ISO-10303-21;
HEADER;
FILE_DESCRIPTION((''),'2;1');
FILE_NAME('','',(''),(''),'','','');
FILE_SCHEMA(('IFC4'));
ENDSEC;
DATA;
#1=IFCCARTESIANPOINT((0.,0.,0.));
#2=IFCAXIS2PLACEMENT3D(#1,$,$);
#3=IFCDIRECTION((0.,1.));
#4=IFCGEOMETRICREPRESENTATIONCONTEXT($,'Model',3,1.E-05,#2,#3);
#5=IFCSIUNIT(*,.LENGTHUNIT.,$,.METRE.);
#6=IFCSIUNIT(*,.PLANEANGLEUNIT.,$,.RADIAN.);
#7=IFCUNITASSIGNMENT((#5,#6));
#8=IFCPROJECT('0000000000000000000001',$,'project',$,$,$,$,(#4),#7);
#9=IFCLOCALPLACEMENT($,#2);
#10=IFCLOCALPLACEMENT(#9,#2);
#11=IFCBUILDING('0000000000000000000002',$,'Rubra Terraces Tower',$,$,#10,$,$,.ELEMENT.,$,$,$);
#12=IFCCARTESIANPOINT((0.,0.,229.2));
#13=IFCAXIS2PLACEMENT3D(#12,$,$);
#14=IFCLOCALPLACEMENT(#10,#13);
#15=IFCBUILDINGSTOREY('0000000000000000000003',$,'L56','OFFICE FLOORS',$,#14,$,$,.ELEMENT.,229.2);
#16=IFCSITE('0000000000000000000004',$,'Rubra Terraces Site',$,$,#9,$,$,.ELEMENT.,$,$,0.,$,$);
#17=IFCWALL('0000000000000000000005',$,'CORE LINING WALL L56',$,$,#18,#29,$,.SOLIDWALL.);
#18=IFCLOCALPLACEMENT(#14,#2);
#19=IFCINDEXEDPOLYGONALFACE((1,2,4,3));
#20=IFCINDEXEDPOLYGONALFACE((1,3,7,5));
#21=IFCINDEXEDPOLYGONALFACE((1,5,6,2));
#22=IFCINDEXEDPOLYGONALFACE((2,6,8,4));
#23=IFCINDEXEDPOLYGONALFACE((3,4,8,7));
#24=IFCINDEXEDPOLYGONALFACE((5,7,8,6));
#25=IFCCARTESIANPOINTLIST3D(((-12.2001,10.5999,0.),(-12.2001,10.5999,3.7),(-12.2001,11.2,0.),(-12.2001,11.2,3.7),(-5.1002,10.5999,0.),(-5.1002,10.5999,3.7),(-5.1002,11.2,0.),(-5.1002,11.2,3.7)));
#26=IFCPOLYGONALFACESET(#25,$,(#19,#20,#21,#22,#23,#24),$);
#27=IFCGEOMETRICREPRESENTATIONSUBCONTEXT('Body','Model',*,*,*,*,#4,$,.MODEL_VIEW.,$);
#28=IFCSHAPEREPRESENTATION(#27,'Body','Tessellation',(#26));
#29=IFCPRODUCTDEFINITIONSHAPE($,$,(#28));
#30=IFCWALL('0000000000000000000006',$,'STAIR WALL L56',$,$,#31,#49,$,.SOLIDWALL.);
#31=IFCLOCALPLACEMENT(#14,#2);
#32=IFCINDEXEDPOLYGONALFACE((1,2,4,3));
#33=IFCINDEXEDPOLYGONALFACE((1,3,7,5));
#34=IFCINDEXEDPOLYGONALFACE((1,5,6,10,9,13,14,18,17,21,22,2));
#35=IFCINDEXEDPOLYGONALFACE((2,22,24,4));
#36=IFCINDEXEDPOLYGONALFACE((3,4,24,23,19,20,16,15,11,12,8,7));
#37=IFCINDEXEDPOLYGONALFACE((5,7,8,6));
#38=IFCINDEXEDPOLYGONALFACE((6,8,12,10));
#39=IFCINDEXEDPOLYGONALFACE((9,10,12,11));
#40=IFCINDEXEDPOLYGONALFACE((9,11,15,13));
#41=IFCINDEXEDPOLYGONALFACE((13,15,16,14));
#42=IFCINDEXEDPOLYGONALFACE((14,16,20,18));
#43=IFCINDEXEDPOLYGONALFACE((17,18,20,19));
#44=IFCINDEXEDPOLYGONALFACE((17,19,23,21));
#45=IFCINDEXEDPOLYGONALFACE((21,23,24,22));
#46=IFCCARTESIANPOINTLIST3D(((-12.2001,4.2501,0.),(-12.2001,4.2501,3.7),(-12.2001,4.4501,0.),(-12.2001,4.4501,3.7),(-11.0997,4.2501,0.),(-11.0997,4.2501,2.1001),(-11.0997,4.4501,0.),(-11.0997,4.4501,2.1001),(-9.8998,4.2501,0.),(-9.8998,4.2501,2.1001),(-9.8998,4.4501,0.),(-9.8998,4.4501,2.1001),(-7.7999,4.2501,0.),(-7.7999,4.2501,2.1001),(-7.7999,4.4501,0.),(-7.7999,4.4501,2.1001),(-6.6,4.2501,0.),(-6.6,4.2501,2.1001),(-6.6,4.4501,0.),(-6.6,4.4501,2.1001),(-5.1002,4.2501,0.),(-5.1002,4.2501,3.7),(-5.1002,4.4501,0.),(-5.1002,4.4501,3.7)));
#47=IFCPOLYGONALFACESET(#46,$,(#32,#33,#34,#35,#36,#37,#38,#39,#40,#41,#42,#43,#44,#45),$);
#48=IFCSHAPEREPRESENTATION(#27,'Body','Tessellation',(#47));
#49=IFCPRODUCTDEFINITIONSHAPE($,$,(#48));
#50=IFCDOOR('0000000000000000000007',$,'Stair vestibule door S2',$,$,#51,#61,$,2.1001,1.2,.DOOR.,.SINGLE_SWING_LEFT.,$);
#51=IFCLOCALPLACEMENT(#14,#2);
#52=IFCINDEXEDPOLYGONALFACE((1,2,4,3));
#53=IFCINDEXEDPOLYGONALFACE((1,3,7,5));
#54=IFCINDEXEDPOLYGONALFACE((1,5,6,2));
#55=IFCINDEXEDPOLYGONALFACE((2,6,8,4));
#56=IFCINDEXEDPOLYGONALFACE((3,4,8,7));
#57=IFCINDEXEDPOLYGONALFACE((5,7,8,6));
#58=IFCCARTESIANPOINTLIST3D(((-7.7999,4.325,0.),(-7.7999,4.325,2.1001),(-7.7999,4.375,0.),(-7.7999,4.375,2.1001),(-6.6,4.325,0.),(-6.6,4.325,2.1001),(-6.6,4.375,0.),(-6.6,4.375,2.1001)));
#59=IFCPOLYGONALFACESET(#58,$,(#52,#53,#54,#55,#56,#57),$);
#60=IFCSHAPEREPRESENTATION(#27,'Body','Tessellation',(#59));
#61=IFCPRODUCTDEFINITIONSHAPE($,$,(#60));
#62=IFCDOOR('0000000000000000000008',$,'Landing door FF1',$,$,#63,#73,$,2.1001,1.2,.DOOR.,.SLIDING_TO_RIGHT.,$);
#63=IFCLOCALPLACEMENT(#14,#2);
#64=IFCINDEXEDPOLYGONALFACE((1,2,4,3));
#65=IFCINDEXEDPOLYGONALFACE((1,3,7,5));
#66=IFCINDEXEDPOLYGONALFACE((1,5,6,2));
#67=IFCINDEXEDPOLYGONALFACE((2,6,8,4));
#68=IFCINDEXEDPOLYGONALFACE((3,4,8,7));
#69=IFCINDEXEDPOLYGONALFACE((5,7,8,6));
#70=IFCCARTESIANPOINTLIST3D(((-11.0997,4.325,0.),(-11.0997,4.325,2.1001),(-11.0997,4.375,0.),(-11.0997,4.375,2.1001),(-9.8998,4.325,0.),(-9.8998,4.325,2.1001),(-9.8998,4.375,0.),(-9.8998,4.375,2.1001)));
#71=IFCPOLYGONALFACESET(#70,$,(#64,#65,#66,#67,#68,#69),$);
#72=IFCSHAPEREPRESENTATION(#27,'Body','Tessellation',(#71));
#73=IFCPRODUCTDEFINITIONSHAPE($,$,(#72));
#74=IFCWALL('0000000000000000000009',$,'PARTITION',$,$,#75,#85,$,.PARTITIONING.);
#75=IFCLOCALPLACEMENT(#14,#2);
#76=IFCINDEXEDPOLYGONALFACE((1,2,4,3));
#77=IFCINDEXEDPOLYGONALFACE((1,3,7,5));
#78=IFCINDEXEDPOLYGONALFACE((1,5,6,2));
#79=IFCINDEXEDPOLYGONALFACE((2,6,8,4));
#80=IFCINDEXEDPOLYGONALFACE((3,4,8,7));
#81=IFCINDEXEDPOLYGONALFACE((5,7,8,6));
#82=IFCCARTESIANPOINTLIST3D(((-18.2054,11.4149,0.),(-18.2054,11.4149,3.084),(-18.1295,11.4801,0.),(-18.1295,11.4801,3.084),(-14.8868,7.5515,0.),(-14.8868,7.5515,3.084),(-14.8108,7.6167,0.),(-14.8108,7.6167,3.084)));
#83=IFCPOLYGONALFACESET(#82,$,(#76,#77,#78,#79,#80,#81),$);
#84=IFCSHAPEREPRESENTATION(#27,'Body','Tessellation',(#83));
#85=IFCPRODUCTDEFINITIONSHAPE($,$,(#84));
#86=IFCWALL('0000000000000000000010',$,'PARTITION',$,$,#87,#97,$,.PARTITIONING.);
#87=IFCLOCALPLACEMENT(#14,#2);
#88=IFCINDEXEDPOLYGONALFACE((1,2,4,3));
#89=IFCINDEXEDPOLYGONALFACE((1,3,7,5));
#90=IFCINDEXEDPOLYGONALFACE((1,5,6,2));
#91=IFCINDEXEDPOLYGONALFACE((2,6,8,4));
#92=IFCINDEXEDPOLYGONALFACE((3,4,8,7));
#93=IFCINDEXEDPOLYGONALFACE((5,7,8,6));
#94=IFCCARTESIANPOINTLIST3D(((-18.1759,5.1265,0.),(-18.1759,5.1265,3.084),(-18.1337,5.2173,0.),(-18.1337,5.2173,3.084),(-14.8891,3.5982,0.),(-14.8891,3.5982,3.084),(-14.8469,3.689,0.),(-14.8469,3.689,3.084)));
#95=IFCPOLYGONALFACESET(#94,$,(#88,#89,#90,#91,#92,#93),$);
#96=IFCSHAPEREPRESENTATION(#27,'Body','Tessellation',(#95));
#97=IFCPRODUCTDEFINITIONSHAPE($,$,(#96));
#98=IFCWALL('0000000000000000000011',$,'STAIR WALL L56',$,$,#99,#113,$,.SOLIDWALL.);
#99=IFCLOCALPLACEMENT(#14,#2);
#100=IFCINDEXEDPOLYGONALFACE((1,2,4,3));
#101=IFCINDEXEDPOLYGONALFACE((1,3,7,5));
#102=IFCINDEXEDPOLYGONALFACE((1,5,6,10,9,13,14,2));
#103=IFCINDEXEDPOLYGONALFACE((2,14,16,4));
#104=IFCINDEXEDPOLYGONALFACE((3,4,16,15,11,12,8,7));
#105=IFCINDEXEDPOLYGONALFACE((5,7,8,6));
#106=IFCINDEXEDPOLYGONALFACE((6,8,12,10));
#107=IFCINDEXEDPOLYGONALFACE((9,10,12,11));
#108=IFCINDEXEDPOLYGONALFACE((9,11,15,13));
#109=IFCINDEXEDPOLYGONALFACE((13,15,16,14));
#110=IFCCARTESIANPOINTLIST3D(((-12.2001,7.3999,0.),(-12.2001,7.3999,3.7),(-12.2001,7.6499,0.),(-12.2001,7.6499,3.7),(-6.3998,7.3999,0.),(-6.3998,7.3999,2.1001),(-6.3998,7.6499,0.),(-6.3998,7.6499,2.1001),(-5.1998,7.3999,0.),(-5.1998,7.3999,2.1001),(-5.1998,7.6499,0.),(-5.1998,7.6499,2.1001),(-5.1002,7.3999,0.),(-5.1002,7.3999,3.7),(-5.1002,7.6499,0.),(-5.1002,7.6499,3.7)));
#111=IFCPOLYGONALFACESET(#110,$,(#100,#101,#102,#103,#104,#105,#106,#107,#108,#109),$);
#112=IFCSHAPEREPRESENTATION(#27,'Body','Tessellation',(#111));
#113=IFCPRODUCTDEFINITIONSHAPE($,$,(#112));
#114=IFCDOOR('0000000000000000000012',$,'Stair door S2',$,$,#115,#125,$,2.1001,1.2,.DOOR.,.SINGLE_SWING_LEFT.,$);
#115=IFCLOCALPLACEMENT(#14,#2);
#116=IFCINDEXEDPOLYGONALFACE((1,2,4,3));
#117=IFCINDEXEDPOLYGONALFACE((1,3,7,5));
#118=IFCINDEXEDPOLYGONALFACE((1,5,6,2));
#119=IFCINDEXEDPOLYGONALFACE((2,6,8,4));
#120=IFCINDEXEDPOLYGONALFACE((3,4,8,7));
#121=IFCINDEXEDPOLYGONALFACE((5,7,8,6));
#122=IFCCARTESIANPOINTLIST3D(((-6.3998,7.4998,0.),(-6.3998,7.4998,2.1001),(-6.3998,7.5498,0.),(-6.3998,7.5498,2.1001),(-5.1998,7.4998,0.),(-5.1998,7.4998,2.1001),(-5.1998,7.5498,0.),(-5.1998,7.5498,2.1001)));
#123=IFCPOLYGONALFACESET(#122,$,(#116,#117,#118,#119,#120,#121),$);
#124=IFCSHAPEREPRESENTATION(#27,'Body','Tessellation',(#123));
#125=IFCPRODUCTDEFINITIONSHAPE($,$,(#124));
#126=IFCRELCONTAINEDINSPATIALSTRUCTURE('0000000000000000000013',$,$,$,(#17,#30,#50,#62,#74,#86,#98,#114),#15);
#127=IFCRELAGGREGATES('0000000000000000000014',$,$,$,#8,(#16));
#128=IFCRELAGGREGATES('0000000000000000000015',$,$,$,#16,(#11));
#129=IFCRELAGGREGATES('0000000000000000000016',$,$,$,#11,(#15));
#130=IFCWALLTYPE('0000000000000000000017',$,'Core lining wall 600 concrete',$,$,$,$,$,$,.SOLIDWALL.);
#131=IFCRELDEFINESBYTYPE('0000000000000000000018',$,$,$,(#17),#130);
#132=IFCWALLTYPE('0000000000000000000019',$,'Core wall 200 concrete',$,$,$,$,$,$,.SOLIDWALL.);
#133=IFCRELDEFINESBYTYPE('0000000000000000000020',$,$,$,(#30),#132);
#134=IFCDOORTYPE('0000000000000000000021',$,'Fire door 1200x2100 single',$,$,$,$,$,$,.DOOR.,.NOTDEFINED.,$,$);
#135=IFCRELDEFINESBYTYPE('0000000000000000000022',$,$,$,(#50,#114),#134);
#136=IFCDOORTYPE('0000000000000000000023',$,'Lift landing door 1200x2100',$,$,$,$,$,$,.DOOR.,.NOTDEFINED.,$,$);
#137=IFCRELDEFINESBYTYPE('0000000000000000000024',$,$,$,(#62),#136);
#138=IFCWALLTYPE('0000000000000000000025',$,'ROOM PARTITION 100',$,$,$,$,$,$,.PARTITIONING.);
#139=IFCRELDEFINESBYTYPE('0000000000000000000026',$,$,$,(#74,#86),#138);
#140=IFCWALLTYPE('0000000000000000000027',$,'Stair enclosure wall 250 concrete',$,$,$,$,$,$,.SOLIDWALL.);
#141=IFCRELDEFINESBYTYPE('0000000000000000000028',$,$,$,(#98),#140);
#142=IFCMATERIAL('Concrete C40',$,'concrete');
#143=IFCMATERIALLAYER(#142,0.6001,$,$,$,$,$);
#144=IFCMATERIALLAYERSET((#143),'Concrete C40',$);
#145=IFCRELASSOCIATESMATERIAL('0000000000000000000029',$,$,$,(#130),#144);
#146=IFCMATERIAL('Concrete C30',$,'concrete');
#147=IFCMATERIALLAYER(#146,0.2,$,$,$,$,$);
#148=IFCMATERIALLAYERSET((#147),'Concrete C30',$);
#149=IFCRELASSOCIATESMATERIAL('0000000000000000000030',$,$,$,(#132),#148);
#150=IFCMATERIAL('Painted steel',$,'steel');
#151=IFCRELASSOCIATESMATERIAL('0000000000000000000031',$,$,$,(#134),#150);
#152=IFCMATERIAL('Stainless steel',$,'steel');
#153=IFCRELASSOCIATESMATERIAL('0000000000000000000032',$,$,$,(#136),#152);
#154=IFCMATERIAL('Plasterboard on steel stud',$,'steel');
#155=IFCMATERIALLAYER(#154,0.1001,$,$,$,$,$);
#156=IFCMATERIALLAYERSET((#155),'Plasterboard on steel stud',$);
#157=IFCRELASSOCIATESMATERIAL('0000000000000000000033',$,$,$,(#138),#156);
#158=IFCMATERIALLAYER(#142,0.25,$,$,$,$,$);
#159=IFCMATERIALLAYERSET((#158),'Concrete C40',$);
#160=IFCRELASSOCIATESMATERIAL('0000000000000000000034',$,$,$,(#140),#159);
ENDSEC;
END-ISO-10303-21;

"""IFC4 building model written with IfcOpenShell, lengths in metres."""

from ifc_helpers import new_model, si_unit, direction, frame, frame_2d, origin, place, context, subcontext, project, spatial, rectangle, extrude, material, layer, layer_set, type_object, element, fill, save


model = new_model("IFC4")

# Units and contexts
model_context = context("Model", 3, precision=1e-05, world=origin(), true_north=direction((0.0, 1.0)))
body_context = subcontext(model_context, "Body", "Model", "MODEL_VIEW")
ifc_project = project(units=[si_unit("LENGTHUNIT", "METRE"), si_unit("PLANEANGLEUNIT", "RADIAN")], contexts=[model_context])

# Site, building, storey
site_placement = place(None, origin())
site = spatial("IfcSite", under=ifc_project, at=site_placement, Name="Rubra Terraces Site", CompositionType="ELEMENT", RefElevation=0.0)
building_placement = place(site_placement, origin())
building = spatial("IfcBuilding", under=site, at=building_placement, Name="Rubra Terraces Tower", CompositionType="ELEMENT")
storey_placement = place(building_placement, frame((0.0, 0.0, 229.2)))
storey = spatial("IfcBuildingStorey", under=building, at=storey_placement, Name="L56", Description="OFFICE FLOORS", CompositionType="ELEMENT", Elevation=229.2)

# Shared definitions
ifc_material_1 = material(Name="Painted steel", Category="steel")

# Wall
ifc_material_2 = material(Name="Concrete C40", Category="concrete")
ifc_layer_1 = layer(ifc_material_2, 0.6001)
ifc_layer_set_1 = layer_set([ifc_layer_1], Name="Concrete C40")
wall_type_1 = type_object("IfcWallType", Name="Core lining wall 600 concrete", PredefinedType="SOLIDWALL", material=ifc_layer_set_1)
wall_1_placement = place(storey_placement, frame((-12.2, 10.8999, 0.0), z_axis=(0.0, 0.0, 1.0), x_axis=(1.0, 0.0, 0.0)))
element("IfcWall", 1, at=wall_1_placement, inside=storey, type_object=wall_type_1, Name="CORE LINING WALL L56", PredefinedType="SOLIDWALL", context=body_context, shape_type="SweptSolid", body=[
    extrude(rectangle(XDim=7.0999, YDim=0.6001, at=frame_2d((3.5498, 0.0))), origin(), (0.0, 0.0, 1.0), 3.7),
])

# Wall, openings, doors
ifc_material_3 = material(Name="Concrete C30", Category="concrete")
ifc_layer_2 = layer(ifc_material_3, 0.2)
ifc_layer_set_2 = layer_set([ifc_layer_2], Name="Concrete C30")
wall_type_2 = type_object("IfcWallType", Name="Core wall 200 concrete", PredefinedType="SOLIDWALL", material=ifc_layer_set_2)
wall_2_placement = place(storey_placement, frame((-12.2, 4.3501, 0.0), z_axis=(0.0, 0.0, 1.0), x_axis=(1.0, 0.0, 0.0)))
wall_2 = element("IfcWall", 2, at=wall_2_placement, inside=storey, type_object=wall_type_2, Name="STAIR WALL L56", PredefinedType="SOLIDWALL", context=body_context, shape_type="SweptSolid", body=[
    extrude(rectangle(XDim=7.0999, YDim=0.2, at=frame_2d((3.5498, 0.0))), origin(), (0.0, 0.0, 1.0), 3.7),
])
opening_1_placement = place(wall_2_placement, frame((4.3999, 0.0, 0.0)))
opening_1 = element("IfcOpeningElement", 3, at=opening_1_placement, cuts=wall_2, PredefinedType="OPENING", context=body_context, shape_type="SweptSolid", body=[
    extrude(rectangle(XDim=1.2, YDim=2.1001, at=frame_2d((0.6001, 1.05))), frame((0.0, 0.1099, 0.0), z_axis=(0.0, -1.0, 0.0), x_axis=(1.0, 0.0, 0.0)), (0.0, 0.0, 1.0), 0.22),
])
opening_2_placement = place(wall_2_placement, frame((1.1001, 0.0, 0.0)))
opening_2 = element("IfcOpeningElement", 4, at=opening_2_placement, cuts=wall_2, PredefinedType="OPENING", context=body_context, shape_type="SweptSolid", body=[
    extrude(rectangle(XDim=1.2, YDim=2.1001, at=frame_2d((0.6001, 1.05))), frame((0.0, 0.1099, 0.0), z_axis=(0.0, -1.0, 0.0), x_axis=(1.0, 0.0, 0.0)), (0.0, 0.0, 1.0), 0.22),
])
door_type_1 = type_object("IfcDoorType", Name="Fire door 1200x2100 single", OperationType="NOTDEFINED", PredefinedType="DOOR", material=ifc_material_1)
door_1_placement = place(opening_1_placement, origin())
door_1 = element("IfcDoor", 5, at=door_1_placement, inside=storey, type_object=door_type_1, Name="Stair vestibule door S2", OperationType="SINGLE_SWING_LEFT", OverallHeight=2.1001, OverallWidth=1.2, PredefinedType="DOOR", context=body_context, shape_type="SweptSolid", body=[
    extrude(rectangle(XDim=1.2, YDim=2.1001, at=frame_2d((0.6001, 1.05))), frame((0.0, 0.0249, 0.0), z_axis=(0.0, -1.0, 0.0), x_axis=(1.0, 0.0, 0.0)), (0.0, 0.0, 1.0), 0.05),
])
fill(opening_1, door_1)
ifc_material_4 = material(Name="Stainless steel", Category="steel")
door_type_2 = type_object("IfcDoorType", Name="Lift landing door 1200x2100", OperationType="NOTDEFINED", PredefinedType="DOOR", material=ifc_material_4)
door_2_placement = place(opening_2_placement, origin())
door_2 = element("IfcDoor", 6, at=door_2_placement, inside=storey, type_object=door_type_2, Name="Landing door FF1", OperationType="SLIDING_TO_RIGHT", OverallHeight=2.1001, OverallWidth=1.2, PredefinedType="DOOR", context=body_context, shape_type="SweptSolid", body=[
    extrude(rectangle(XDim=1.2, YDim=2.1001, at=frame_2d((0.6001, 1.05))), frame((0.0, 0.0249, 0.0), z_axis=(0.0, -1.0, 0.0), x_axis=(1.0, 0.0, 0.0)), (0.0, 0.0, 1.0), 0.05),
])
fill(opening_2, door_2)

# Walls
ifc_material_5 = material(Name="Plasterboard on steel stud", Category="steel")
ifc_layer_3 = layer(ifc_material_5, 0.1001)
ifc_layer_set_3 = layer_set([ifc_layer_3], Name="Plasterboard on steel stud")
wall_type_3 = type_object("IfcWallType", Name="ROOM PARTITION 100", PredefinedType="PARTITIONING", material=ifc_layer_set_3)
wall_3_placement = place(storey_placement, frame((-14.8489, 7.5842, 0.0), z_axis=(0.0, 0.0, 1.0), x_axis=(-0.651608, 0.758556, 0.0)))
element("IfcWall", 7, at=wall_3_placement, inside=storey, type_object=wall_type_3, Name="PARTITION", PredefinedType="PARTITIONING", context=body_context, shape_type="SweptSolid", body=[
    extrude(rectangle(XDim=5.093, YDim=0.1001, at=frame_2d((2.5464, 0.0))), origin(), (0.0, 0.0, 1.0), 3.084),
])
wall_4_placement = place(storey_placement, frame((-14.8679, 3.6436, 0.0), z_axis=(0.0, 0.0, 1.0), x_axis=(-0.906769, 0.421628, 0.0)))
element("IfcWall", 8, at=wall_4_placement, inside=storey, type_object=wall_type_3, Name="PARTITION", PredefinedType="PARTITIONING", context=body_context, shape_type="SweptSolid", body=[
    extrude(rectangle(XDim=3.6248, YDim=0.1001, at=frame_2d((1.8125, 0.0))), origin(), (0.0, 0.0, 1.0), 3.084),
])

# Wall, opening, door
ifc_layer_4 = layer(ifc_material_2, 0.25)
ifc_layer_set_4 = layer_set([ifc_layer_4], Name="Concrete C40")
wall_type_4 = type_object("IfcWallType", Name="Stair enclosure wall 250 concrete", PredefinedType="SOLIDWALL", material=ifc_layer_set_4)
wall_5_placement = place(storey_placement, frame((-12.2, 7.5249, 0.0), z_axis=(0.0, 0.0, 1.0), x_axis=(1.0, 0.0, 0.0)))
wall_5 = element("IfcWall", 9, at=wall_5_placement, inside=storey, type_object=wall_type_4, Name="STAIR WALL L56", PredefinedType="SOLIDWALL", context=body_context, shape_type="SweptSolid", body=[
    extrude(rectangle(XDim=7.0999, YDim=0.25, at=frame_2d((3.5498, 0.0))), origin(), (0.0, 0.0, 1.0), 3.7),
])
opening_3_placement = place(wall_5_placement, frame((5.8, 0.0, 0.0)))
opening_3 = element("IfcOpeningElement", 10, at=opening_3_placement, cuts=wall_5, PredefinedType="OPENING", context=body_context, shape_type="SweptSolid", body=[
    extrude(rectangle(XDim=1.2, YDim=2.1001, at=frame_2d((0.6001, 1.05))), frame((0.0, 0.135, 0.0), z_axis=(0.0, -1.0, 0.0), x_axis=(1.0, 0.0, 0.0)), (0.0, 0.0, 1.0), 0.27),
])
door_3_placement = place(opening_3_placement, origin())
door_3 = element("IfcDoor", 11, at=door_3_placement, inside=storey, type_object=door_type_1, Name="Stair door S2", OperationType="SINGLE_SWING_LEFT", OverallHeight=2.1001, OverallWidth=1.2, PredefinedType="DOOR", context=body_context, shape_type="SweptSolid", body=[
    extrude(rectangle(XDim=1.2, YDim=2.1001, at=frame_2d((0.6001, 1.05))), frame((0.0, 0.0249, 0.0), z_axis=(0.0, -1.0, 0.0), x_axis=(1.0, 0.0, 0.0)), (0.0, 0.0, 1.0), 0.05),
])
fill(opening_3, door_3)

save(model, "model.ifc")
